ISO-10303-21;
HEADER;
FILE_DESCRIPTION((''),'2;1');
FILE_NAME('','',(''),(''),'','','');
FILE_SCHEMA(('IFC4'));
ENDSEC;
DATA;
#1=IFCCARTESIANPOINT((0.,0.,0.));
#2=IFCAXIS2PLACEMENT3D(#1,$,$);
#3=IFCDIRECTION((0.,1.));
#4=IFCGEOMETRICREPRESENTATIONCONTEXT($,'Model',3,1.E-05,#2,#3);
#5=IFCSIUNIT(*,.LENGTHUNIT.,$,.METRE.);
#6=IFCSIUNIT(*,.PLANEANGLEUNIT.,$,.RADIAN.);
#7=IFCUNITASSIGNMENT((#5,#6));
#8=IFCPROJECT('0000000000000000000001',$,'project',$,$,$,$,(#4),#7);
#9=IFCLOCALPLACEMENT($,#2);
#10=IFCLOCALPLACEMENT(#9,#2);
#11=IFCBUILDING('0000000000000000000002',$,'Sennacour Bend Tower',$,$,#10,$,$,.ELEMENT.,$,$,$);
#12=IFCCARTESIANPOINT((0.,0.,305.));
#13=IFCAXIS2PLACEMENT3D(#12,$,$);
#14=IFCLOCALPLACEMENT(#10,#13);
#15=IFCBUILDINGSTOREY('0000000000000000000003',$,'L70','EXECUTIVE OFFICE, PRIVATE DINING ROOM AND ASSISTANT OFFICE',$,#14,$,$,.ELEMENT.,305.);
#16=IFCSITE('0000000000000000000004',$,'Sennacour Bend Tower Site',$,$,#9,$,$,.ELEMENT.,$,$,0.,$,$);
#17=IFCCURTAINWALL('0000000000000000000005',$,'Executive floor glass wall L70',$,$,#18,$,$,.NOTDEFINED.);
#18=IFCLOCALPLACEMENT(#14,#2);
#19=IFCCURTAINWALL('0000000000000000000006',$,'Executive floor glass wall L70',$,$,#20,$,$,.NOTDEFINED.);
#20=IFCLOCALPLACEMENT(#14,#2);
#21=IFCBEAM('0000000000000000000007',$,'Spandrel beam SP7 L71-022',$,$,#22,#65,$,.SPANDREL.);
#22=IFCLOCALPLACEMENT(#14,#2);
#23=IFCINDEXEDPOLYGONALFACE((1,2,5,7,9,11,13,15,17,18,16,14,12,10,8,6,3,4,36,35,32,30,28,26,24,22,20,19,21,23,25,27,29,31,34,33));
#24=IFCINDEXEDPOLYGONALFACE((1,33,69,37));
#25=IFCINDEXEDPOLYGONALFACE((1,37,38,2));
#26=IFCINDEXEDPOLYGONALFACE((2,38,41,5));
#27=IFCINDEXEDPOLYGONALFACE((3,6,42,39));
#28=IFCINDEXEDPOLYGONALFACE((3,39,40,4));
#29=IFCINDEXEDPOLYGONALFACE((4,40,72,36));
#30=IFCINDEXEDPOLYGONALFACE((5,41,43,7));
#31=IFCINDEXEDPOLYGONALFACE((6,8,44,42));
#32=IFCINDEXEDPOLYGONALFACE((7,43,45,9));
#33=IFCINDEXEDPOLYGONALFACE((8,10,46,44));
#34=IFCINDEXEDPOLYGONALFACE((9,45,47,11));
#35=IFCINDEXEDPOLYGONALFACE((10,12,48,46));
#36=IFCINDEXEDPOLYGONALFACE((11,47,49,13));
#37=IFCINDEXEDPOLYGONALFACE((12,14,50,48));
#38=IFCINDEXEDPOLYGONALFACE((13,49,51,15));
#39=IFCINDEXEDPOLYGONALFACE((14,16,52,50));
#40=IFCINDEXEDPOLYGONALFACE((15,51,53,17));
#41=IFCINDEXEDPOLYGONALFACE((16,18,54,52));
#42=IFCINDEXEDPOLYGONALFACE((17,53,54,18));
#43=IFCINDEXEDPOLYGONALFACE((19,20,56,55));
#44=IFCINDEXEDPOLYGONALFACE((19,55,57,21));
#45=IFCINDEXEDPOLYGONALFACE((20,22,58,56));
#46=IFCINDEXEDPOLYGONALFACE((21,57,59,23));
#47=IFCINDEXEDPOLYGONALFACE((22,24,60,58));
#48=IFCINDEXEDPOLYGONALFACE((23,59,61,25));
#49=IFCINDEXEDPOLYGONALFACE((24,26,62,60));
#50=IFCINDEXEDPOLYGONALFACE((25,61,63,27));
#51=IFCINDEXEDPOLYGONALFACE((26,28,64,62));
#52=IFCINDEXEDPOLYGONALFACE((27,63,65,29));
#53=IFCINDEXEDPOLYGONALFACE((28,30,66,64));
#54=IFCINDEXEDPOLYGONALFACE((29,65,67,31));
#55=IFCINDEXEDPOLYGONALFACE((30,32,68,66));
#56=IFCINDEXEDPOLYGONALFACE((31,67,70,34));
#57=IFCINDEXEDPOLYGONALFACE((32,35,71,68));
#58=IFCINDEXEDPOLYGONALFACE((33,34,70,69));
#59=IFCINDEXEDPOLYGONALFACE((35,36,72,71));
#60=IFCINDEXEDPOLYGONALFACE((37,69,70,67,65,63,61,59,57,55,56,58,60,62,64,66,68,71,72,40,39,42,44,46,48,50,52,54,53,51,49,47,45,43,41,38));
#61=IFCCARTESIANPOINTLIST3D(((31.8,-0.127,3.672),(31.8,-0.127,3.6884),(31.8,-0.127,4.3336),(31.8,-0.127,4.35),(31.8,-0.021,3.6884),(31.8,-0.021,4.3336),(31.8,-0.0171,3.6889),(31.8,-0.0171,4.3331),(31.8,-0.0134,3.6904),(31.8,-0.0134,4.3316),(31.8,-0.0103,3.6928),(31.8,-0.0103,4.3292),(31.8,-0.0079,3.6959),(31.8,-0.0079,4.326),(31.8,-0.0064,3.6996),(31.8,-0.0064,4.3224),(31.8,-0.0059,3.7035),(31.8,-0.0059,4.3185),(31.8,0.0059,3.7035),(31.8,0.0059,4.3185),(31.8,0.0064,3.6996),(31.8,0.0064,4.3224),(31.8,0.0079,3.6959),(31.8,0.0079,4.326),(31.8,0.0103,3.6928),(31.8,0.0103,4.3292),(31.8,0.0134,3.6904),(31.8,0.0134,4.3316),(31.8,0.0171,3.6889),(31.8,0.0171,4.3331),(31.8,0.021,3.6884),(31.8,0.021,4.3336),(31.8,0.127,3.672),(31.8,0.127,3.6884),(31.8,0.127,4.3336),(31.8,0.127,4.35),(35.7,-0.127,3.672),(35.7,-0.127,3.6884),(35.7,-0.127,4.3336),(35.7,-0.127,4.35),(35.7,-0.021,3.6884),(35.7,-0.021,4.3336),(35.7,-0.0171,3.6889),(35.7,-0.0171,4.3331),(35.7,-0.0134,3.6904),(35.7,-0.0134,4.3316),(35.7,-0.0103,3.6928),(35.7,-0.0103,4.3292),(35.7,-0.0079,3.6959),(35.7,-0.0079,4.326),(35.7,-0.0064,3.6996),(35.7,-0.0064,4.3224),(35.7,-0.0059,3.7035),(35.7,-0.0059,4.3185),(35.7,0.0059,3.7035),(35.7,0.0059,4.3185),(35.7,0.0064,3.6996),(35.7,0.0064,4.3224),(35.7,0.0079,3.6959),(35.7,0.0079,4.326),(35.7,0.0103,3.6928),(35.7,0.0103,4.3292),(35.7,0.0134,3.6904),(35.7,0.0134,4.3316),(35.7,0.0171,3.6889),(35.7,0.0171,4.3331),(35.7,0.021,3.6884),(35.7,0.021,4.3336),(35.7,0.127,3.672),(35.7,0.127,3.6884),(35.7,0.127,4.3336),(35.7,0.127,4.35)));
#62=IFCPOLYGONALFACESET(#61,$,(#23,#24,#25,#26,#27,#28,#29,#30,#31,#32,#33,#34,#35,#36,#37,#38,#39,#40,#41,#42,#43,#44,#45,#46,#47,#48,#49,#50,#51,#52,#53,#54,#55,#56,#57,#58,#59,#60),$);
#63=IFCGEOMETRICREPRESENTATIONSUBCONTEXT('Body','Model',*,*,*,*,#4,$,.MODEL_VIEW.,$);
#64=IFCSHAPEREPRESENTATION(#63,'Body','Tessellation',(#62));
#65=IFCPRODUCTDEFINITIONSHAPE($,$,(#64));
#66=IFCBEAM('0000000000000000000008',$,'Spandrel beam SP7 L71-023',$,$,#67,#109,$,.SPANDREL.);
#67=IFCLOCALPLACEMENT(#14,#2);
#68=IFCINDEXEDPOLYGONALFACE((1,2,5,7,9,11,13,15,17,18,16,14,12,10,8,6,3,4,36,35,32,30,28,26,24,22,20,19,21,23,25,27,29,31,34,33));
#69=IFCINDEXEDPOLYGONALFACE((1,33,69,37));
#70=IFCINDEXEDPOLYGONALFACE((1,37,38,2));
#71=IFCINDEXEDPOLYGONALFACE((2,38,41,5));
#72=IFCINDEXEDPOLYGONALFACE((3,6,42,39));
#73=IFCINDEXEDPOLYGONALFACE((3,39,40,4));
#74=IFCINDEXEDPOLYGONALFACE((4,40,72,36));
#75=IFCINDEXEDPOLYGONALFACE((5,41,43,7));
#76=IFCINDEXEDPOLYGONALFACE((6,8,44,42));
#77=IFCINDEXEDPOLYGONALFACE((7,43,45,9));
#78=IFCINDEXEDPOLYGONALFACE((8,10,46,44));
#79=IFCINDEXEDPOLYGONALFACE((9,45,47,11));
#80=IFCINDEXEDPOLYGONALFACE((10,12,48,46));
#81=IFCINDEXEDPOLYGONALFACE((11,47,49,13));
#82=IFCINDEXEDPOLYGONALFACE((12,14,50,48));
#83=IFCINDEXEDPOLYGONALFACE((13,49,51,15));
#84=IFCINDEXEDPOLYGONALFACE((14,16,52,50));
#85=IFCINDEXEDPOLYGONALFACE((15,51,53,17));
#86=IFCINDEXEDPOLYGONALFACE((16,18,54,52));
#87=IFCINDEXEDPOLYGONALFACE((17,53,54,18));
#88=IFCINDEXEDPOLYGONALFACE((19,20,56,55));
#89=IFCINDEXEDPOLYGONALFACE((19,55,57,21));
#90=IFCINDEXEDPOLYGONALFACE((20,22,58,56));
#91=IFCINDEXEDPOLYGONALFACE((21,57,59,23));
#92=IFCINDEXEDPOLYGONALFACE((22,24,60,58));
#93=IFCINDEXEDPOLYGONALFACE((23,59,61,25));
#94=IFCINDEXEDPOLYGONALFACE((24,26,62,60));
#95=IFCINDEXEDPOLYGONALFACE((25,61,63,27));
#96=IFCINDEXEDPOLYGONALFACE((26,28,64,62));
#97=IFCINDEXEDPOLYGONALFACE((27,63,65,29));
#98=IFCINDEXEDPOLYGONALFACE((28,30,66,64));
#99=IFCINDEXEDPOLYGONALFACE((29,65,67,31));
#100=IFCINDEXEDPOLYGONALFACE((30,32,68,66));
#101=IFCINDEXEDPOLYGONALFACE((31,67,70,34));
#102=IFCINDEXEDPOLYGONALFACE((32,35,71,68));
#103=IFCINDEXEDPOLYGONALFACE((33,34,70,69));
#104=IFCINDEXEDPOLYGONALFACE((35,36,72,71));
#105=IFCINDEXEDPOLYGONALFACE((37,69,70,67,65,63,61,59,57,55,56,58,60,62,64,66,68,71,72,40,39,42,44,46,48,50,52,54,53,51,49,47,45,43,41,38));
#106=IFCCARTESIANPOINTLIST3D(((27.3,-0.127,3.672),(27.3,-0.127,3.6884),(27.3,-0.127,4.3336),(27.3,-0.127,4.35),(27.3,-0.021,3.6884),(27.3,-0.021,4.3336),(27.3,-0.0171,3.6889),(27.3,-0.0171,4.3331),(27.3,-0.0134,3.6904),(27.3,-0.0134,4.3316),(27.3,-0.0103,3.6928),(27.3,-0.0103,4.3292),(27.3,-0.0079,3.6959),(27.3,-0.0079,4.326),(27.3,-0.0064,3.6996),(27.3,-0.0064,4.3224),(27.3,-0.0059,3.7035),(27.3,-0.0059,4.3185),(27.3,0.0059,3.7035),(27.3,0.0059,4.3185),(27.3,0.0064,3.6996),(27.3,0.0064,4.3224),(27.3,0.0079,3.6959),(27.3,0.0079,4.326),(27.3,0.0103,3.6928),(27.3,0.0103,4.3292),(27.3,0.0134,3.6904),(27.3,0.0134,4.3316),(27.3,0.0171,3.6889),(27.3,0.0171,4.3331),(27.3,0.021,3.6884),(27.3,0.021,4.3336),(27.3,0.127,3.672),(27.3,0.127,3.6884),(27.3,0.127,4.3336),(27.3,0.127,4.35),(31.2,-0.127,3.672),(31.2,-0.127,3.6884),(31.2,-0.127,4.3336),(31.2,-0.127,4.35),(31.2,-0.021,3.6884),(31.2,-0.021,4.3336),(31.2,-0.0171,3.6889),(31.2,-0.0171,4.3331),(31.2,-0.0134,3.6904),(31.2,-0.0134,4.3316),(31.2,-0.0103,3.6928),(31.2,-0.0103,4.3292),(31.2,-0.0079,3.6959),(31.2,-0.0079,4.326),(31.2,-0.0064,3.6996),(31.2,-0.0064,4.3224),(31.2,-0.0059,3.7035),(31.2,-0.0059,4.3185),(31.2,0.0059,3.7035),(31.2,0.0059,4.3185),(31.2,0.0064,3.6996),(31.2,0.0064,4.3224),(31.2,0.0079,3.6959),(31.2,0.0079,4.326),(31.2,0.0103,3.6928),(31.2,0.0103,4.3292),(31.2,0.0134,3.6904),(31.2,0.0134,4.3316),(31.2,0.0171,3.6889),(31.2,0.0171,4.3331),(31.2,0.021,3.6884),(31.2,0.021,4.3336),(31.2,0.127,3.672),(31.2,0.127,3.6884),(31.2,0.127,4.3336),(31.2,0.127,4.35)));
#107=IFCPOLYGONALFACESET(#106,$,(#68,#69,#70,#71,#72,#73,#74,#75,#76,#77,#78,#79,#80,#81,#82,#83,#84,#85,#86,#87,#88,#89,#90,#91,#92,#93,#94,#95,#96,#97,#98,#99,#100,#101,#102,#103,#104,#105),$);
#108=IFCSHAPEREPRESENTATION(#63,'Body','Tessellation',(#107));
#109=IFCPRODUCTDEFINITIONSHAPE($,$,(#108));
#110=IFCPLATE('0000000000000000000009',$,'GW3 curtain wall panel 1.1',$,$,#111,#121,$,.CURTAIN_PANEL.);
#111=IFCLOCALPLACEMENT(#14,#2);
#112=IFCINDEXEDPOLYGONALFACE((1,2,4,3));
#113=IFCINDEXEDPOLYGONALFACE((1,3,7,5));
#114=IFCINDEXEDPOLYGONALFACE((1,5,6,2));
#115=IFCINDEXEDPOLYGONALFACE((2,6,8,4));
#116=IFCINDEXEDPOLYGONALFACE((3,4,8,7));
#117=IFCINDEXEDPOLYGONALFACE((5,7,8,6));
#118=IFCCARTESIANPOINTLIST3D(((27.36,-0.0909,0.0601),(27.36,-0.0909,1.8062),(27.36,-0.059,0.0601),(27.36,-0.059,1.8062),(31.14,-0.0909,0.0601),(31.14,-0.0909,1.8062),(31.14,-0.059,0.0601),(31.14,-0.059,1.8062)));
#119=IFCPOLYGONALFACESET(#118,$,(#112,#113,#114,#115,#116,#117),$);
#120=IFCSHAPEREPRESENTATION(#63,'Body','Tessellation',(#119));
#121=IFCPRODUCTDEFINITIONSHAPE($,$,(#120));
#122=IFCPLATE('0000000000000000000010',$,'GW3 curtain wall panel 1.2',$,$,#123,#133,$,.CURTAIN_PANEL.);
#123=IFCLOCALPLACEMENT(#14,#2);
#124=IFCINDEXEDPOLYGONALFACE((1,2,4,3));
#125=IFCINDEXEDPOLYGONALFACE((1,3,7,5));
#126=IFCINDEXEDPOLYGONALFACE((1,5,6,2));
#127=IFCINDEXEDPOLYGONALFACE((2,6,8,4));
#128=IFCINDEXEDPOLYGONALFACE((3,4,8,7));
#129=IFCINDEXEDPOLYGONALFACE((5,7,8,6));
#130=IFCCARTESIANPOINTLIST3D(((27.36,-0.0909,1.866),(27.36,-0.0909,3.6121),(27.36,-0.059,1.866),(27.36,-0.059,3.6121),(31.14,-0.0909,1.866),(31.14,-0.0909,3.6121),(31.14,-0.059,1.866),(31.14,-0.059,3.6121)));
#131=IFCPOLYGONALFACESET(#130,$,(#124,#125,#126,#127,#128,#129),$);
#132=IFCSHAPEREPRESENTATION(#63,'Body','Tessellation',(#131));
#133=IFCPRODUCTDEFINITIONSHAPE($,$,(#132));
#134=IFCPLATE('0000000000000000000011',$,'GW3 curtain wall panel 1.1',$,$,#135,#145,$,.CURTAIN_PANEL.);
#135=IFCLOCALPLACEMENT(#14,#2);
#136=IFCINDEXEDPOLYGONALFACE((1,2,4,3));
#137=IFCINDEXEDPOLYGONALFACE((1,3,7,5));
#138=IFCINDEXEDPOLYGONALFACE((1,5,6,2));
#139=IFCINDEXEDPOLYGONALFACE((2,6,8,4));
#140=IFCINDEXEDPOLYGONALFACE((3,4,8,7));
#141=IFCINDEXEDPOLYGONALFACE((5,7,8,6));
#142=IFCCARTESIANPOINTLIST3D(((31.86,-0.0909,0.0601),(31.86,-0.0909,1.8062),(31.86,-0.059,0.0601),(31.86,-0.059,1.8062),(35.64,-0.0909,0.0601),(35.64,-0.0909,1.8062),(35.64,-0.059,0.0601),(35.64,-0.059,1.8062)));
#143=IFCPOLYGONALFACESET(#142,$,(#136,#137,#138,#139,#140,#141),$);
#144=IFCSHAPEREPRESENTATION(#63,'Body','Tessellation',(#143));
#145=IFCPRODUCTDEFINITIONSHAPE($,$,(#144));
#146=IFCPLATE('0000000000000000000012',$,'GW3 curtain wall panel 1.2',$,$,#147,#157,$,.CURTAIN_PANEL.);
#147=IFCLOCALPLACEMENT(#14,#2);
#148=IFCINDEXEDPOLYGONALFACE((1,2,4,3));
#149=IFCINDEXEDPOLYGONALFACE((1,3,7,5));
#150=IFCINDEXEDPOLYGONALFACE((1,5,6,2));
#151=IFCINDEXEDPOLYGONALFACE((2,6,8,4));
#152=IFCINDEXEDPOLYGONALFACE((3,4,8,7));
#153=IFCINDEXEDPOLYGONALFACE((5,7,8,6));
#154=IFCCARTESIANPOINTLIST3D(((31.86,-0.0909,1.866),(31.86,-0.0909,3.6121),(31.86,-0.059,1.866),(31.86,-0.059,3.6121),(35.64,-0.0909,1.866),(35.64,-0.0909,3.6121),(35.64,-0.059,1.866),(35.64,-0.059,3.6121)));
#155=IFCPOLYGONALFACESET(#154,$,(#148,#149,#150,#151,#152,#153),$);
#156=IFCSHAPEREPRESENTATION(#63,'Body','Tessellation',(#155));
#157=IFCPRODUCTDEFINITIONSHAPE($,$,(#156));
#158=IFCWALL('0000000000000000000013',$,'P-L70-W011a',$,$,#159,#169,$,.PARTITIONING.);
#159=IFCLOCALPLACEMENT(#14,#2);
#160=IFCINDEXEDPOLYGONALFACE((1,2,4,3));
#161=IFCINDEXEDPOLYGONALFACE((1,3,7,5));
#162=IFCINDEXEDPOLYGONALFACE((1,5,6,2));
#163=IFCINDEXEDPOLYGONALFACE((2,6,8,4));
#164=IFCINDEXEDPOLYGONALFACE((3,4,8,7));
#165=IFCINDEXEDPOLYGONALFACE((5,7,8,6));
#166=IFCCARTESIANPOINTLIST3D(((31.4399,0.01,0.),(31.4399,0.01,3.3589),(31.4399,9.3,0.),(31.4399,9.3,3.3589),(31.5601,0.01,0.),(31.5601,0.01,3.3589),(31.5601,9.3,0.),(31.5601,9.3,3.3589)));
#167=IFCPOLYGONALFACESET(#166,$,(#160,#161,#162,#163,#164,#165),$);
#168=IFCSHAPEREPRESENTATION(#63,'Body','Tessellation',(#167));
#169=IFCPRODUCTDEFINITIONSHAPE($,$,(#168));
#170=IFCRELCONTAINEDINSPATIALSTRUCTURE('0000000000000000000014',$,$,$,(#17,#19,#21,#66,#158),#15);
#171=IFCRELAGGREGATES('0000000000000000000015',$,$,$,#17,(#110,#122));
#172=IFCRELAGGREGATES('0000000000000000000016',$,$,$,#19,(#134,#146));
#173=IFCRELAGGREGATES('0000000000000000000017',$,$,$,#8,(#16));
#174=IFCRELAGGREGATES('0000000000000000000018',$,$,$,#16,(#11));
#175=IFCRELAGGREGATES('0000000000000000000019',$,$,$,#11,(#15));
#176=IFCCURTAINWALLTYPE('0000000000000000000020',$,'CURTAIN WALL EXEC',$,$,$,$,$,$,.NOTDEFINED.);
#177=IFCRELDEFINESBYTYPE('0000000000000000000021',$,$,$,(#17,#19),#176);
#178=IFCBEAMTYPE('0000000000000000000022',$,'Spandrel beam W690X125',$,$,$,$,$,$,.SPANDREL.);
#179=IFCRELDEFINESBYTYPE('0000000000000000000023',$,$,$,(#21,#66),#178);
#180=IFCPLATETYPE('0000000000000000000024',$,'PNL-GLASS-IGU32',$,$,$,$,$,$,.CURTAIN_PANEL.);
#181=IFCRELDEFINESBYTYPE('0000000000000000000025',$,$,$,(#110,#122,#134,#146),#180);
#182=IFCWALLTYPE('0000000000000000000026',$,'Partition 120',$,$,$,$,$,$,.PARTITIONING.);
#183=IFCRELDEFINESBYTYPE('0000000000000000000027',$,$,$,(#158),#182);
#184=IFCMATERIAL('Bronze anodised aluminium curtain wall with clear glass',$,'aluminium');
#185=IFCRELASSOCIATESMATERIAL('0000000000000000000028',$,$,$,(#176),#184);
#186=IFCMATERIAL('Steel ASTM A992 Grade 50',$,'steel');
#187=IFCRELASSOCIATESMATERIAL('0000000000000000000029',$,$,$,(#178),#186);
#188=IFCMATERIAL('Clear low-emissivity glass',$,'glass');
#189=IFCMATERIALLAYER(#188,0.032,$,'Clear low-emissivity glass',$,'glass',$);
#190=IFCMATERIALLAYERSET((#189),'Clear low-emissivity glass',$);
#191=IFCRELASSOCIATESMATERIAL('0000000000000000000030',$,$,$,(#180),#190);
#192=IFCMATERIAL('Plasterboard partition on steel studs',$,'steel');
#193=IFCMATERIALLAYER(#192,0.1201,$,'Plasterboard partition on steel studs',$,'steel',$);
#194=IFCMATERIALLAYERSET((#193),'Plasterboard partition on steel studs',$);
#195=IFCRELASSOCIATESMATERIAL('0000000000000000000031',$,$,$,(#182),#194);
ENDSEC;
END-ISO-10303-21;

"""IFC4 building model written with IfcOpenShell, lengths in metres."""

from ifc_helpers import new_model, si_unit, direction, frame, frame_2d, origin, origin_2d, place, context, subcontext, project, spatial, rectangle, i_section, extrude, material, layer, layer_set, material_profile, profile_set, type_object, element, aggregate, save


model = new_model("IFC4")

# Units and contexts
model_context = context("Model", 3, precision=1e-05, world=origin(), true_north=direction((0.0, 1.0)))
body_context = subcontext(model_context, "Body", "Model", "MODEL_VIEW")
ifc_project = project(units=[si_unit("LENGTHUNIT", "METRE"), si_unit("PLANEANGLEUNIT", "RADIAN")], contexts=[model_context])

# Site, building, storey
site_placement = place(None, origin())
site = spatial("IfcSite", under=ifc_project, at=site_placement, Name="Sennacour Bend Tower Site", CompositionType="ELEMENT", RefElevation=0.0)
building_placement = place(site_placement, origin())
building = spatial("IfcBuilding", under=site, at=building_placement, Name="Sennacour Bend Tower", CompositionType="ELEMENT")
storey_placement = place(building_placement, frame((0.0, 0.0, 305.0)))
storey = spatial("IfcBuildingStorey", under=building, at=storey_placement, Name="L70", Description="EXECUTIVE OFFICE, PRIVATE DINING ROOM AND ASSISTANT OFFICE", CompositionType="ELEMENT", Elevation=305.0)

# Curtain walls
ifc_material_1 = material(Name="Bronze anodised aluminium curtain wall with clear glass", Category="aluminium")
curtain_wall_type = type_object("IfcCurtainWallType", Name="CURTAIN WALL EXEC", PredefinedType="NOTDEFINED", material=ifc_material_1)
curtain_wall_1_placement = place(storey_placement, origin())
curtain_wall_1 = element("IfcCurtainWall", 1, at=curtain_wall_1_placement, inside=storey, type_object=curtain_wall_type, Name="Executive floor glass wall L70", PredefinedType="NOTDEFINED")
curtain_wall_2_placement = place(storey_placement, origin())
curtain_wall_2 = element("IfcCurtainWall", 2, at=curtain_wall_2_placement, inside=storey, type_object=curtain_wall_type, Name="Executive floor glass wall L70", PredefinedType="NOTDEFINED")

# Beams
ifc_material_2 = material(Name="Steel ASTM A992 Grade 50", Category="steel")
ifc_material_profile_1 = material_profile(ifc_material_2, i_section(OverallWidth=0.2539, OverallDepth=0.678, WebThickness=0.0117, FlangeThickness=0.0164, FilletRadius=0.0151, at=origin_2d()), Name="Steel ASTM A992 Grade 50", Category="steel")
ifc_profile_set_1 = profile_set([ifc_material_profile_1], Name="Steel ASTM A992 Grade 50")
beam_type_1 = type_object("IfcBeamType", Name="Spandrel beam W690X125", PredefinedType="SPANDREL", material=ifc_profile_set_1)
for number, where, z_axis, x_axis, name in (
    (3, (35.7, 0.0, 4.011), (-1.0, 0.0, 0.0), (0.0, -1.0, 0.0), "Spandrel beam SP7 L71-022"),
    (4, (31.2, 0.0, 4.011), (-1.0, 0.0, 0.0), (0.0, -1.0, 0.0), "Spandrel beam SP7 L71-023"),
):
    element("IfcBeam", number, at=place(storey_placement, frame(where, z_axis=z_axis, x_axis=x_axis)), inside=storey, type_object=beam_type_1, Name=name, PredefinedType="SPANDREL", context=body_context, shape_type="SweptSolid", body=[
        extrude(i_section(OverallWidth=0.2539, OverallDepth=0.678, WebThickness=0.0117, FlangeThickness=0.0164, FilletRadius=0.0151, at=origin_2d()), origin(), (0.0, 0.0, 1.0), 3.8999),
    ])

# Plates
ifc_material_3 = material(Name="Clear low-emissivity glass", Category="glass")
ifc_layer_1 = layer(ifc_material_3, 0.032, Name="Clear low-emissivity glass", Category="glass")
ifc_layer_set_1 = layer_set([ifc_layer_1], Name="Clear low-emissivity glass")
plate_type = type_object("IfcPlateType", Name="PNL-GLASS-IGU32", PredefinedType="CURTAIN_PANEL", material=ifc_layer_set_1)
plate_1_placement = place(storey_placement, frame((29.25, -0.075, 0.0601), z_axis=(0.0, 0.0, 1.0), x_axis=(1.0, 0.0, 0.0)))
plate_1 = element("IfcPlate", 5, at=plate_1_placement, type_object=plate_type, Name="GW3 curtain wall panel 1.1", PredefinedType="CURTAIN_PANEL", context=body_context, shape_type="SweptSolid", body=[
    extrude(rectangle(XDim=3.78, YDim=0.032, at=origin_2d()), origin(), (0.0, 0.0, 1.0), 1.7461),
])
plate_2_placement = place(storey_placement, frame((29.25, -0.075, 1.866), z_axis=(0.0, 0.0, 1.0), x_axis=(1.0, 0.0, 0.0)))
plate_2 = element("IfcPlate", 6, at=plate_2_placement, type_object=plate_type, Name="GW3 curtain wall panel 1.2", PredefinedType="CURTAIN_PANEL", context=body_context, shape_type="SweptSolid", body=[
    extrude(rectangle(XDim=3.78, YDim=0.032, at=origin_2d()), origin(), (0.0, 0.0, 1.0), 1.7461),
])
aggregate(curtain_wall_1, [plate_1, plate_2])
plate_3_placement = place(storey_placement, frame((33.75, -0.075, 0.0601), z_axis=(0.0, 0.0, 1.0), x_axis=(1.0, 0.0, 0.0)))
plate_3 = element("IfcPlate", 7, at=plate_3_placement, type_object=plate_type, Name="GW3 curtain wall panel 1.1", PredefinedType="CURTAIN_PANEL", context=body_context, shape_type="SweptSolid", body=[
    extrude(rectangle(XDim=3.78, YDim=0.032, at=origin_2d()), origin(), (0.0, 0.0, 1.0), 1.7461),
])
plate_4_placement = place(storey_placement, frame((33.75, -0.075, 1.866), z_axis=(0.0, 0.0, 1.0), x_axis=(1.0, 0.0, 0.0)))
plate_4 = element("IfcPlate", 8, at=plate_4_placement, type_object=plate_type, Name="GW3 curtain wall panel 1.2", PredefinedType="CURTAIN_PANEL", context=body_context, shape_type="SweptSolid", body=[
    extrude(rectangle(XDim=3.78, YDim=0.032, at=origin_2d()), origin(), (0.0, 0.0, 1.0), 1.7461),
])
aggregate(curtain_wall_2, [plate_3, plate_4])

# Wall
ifc_material_4 = material(Name="Plasterboard partition on steel studs", Category="steel")
ifc_layer_2 = layer(ifc_material_4, 0.1201, Name="Plasterboard partition on steel studs", Category="steel")
ifc_layer_set_2 = layer_set([ifc_layer_2], Name="Plasterboard partition on steel studs")
wall_type = type_object("IfcWallType", Name="Partition 120", PredefinedType="PARTITIONING", material=ifc_layer_set_2)
wall_placement = place(storey_placement, frame((31.5, 0.01, 0.0), z_axis=(0.0, 0.0, 1.0), x_axis=(0.0, 1.0, 0.0)))
element("IfcWall", 9, at=wall_placement, inside=storey, type_object=wall_type, Name="P-L70-W011a", PredefinedType="PARTITIONING", context=body_context, shape_type="SweptSolid", body=[
    extrude(rectangle(XDim=9.29, YDim=0.1201, at=frame_2d((4.645, 0.0))), origin(), (0.0, 0.0, 1.0), 3.3589),
])

save(model, "model.ifc")
